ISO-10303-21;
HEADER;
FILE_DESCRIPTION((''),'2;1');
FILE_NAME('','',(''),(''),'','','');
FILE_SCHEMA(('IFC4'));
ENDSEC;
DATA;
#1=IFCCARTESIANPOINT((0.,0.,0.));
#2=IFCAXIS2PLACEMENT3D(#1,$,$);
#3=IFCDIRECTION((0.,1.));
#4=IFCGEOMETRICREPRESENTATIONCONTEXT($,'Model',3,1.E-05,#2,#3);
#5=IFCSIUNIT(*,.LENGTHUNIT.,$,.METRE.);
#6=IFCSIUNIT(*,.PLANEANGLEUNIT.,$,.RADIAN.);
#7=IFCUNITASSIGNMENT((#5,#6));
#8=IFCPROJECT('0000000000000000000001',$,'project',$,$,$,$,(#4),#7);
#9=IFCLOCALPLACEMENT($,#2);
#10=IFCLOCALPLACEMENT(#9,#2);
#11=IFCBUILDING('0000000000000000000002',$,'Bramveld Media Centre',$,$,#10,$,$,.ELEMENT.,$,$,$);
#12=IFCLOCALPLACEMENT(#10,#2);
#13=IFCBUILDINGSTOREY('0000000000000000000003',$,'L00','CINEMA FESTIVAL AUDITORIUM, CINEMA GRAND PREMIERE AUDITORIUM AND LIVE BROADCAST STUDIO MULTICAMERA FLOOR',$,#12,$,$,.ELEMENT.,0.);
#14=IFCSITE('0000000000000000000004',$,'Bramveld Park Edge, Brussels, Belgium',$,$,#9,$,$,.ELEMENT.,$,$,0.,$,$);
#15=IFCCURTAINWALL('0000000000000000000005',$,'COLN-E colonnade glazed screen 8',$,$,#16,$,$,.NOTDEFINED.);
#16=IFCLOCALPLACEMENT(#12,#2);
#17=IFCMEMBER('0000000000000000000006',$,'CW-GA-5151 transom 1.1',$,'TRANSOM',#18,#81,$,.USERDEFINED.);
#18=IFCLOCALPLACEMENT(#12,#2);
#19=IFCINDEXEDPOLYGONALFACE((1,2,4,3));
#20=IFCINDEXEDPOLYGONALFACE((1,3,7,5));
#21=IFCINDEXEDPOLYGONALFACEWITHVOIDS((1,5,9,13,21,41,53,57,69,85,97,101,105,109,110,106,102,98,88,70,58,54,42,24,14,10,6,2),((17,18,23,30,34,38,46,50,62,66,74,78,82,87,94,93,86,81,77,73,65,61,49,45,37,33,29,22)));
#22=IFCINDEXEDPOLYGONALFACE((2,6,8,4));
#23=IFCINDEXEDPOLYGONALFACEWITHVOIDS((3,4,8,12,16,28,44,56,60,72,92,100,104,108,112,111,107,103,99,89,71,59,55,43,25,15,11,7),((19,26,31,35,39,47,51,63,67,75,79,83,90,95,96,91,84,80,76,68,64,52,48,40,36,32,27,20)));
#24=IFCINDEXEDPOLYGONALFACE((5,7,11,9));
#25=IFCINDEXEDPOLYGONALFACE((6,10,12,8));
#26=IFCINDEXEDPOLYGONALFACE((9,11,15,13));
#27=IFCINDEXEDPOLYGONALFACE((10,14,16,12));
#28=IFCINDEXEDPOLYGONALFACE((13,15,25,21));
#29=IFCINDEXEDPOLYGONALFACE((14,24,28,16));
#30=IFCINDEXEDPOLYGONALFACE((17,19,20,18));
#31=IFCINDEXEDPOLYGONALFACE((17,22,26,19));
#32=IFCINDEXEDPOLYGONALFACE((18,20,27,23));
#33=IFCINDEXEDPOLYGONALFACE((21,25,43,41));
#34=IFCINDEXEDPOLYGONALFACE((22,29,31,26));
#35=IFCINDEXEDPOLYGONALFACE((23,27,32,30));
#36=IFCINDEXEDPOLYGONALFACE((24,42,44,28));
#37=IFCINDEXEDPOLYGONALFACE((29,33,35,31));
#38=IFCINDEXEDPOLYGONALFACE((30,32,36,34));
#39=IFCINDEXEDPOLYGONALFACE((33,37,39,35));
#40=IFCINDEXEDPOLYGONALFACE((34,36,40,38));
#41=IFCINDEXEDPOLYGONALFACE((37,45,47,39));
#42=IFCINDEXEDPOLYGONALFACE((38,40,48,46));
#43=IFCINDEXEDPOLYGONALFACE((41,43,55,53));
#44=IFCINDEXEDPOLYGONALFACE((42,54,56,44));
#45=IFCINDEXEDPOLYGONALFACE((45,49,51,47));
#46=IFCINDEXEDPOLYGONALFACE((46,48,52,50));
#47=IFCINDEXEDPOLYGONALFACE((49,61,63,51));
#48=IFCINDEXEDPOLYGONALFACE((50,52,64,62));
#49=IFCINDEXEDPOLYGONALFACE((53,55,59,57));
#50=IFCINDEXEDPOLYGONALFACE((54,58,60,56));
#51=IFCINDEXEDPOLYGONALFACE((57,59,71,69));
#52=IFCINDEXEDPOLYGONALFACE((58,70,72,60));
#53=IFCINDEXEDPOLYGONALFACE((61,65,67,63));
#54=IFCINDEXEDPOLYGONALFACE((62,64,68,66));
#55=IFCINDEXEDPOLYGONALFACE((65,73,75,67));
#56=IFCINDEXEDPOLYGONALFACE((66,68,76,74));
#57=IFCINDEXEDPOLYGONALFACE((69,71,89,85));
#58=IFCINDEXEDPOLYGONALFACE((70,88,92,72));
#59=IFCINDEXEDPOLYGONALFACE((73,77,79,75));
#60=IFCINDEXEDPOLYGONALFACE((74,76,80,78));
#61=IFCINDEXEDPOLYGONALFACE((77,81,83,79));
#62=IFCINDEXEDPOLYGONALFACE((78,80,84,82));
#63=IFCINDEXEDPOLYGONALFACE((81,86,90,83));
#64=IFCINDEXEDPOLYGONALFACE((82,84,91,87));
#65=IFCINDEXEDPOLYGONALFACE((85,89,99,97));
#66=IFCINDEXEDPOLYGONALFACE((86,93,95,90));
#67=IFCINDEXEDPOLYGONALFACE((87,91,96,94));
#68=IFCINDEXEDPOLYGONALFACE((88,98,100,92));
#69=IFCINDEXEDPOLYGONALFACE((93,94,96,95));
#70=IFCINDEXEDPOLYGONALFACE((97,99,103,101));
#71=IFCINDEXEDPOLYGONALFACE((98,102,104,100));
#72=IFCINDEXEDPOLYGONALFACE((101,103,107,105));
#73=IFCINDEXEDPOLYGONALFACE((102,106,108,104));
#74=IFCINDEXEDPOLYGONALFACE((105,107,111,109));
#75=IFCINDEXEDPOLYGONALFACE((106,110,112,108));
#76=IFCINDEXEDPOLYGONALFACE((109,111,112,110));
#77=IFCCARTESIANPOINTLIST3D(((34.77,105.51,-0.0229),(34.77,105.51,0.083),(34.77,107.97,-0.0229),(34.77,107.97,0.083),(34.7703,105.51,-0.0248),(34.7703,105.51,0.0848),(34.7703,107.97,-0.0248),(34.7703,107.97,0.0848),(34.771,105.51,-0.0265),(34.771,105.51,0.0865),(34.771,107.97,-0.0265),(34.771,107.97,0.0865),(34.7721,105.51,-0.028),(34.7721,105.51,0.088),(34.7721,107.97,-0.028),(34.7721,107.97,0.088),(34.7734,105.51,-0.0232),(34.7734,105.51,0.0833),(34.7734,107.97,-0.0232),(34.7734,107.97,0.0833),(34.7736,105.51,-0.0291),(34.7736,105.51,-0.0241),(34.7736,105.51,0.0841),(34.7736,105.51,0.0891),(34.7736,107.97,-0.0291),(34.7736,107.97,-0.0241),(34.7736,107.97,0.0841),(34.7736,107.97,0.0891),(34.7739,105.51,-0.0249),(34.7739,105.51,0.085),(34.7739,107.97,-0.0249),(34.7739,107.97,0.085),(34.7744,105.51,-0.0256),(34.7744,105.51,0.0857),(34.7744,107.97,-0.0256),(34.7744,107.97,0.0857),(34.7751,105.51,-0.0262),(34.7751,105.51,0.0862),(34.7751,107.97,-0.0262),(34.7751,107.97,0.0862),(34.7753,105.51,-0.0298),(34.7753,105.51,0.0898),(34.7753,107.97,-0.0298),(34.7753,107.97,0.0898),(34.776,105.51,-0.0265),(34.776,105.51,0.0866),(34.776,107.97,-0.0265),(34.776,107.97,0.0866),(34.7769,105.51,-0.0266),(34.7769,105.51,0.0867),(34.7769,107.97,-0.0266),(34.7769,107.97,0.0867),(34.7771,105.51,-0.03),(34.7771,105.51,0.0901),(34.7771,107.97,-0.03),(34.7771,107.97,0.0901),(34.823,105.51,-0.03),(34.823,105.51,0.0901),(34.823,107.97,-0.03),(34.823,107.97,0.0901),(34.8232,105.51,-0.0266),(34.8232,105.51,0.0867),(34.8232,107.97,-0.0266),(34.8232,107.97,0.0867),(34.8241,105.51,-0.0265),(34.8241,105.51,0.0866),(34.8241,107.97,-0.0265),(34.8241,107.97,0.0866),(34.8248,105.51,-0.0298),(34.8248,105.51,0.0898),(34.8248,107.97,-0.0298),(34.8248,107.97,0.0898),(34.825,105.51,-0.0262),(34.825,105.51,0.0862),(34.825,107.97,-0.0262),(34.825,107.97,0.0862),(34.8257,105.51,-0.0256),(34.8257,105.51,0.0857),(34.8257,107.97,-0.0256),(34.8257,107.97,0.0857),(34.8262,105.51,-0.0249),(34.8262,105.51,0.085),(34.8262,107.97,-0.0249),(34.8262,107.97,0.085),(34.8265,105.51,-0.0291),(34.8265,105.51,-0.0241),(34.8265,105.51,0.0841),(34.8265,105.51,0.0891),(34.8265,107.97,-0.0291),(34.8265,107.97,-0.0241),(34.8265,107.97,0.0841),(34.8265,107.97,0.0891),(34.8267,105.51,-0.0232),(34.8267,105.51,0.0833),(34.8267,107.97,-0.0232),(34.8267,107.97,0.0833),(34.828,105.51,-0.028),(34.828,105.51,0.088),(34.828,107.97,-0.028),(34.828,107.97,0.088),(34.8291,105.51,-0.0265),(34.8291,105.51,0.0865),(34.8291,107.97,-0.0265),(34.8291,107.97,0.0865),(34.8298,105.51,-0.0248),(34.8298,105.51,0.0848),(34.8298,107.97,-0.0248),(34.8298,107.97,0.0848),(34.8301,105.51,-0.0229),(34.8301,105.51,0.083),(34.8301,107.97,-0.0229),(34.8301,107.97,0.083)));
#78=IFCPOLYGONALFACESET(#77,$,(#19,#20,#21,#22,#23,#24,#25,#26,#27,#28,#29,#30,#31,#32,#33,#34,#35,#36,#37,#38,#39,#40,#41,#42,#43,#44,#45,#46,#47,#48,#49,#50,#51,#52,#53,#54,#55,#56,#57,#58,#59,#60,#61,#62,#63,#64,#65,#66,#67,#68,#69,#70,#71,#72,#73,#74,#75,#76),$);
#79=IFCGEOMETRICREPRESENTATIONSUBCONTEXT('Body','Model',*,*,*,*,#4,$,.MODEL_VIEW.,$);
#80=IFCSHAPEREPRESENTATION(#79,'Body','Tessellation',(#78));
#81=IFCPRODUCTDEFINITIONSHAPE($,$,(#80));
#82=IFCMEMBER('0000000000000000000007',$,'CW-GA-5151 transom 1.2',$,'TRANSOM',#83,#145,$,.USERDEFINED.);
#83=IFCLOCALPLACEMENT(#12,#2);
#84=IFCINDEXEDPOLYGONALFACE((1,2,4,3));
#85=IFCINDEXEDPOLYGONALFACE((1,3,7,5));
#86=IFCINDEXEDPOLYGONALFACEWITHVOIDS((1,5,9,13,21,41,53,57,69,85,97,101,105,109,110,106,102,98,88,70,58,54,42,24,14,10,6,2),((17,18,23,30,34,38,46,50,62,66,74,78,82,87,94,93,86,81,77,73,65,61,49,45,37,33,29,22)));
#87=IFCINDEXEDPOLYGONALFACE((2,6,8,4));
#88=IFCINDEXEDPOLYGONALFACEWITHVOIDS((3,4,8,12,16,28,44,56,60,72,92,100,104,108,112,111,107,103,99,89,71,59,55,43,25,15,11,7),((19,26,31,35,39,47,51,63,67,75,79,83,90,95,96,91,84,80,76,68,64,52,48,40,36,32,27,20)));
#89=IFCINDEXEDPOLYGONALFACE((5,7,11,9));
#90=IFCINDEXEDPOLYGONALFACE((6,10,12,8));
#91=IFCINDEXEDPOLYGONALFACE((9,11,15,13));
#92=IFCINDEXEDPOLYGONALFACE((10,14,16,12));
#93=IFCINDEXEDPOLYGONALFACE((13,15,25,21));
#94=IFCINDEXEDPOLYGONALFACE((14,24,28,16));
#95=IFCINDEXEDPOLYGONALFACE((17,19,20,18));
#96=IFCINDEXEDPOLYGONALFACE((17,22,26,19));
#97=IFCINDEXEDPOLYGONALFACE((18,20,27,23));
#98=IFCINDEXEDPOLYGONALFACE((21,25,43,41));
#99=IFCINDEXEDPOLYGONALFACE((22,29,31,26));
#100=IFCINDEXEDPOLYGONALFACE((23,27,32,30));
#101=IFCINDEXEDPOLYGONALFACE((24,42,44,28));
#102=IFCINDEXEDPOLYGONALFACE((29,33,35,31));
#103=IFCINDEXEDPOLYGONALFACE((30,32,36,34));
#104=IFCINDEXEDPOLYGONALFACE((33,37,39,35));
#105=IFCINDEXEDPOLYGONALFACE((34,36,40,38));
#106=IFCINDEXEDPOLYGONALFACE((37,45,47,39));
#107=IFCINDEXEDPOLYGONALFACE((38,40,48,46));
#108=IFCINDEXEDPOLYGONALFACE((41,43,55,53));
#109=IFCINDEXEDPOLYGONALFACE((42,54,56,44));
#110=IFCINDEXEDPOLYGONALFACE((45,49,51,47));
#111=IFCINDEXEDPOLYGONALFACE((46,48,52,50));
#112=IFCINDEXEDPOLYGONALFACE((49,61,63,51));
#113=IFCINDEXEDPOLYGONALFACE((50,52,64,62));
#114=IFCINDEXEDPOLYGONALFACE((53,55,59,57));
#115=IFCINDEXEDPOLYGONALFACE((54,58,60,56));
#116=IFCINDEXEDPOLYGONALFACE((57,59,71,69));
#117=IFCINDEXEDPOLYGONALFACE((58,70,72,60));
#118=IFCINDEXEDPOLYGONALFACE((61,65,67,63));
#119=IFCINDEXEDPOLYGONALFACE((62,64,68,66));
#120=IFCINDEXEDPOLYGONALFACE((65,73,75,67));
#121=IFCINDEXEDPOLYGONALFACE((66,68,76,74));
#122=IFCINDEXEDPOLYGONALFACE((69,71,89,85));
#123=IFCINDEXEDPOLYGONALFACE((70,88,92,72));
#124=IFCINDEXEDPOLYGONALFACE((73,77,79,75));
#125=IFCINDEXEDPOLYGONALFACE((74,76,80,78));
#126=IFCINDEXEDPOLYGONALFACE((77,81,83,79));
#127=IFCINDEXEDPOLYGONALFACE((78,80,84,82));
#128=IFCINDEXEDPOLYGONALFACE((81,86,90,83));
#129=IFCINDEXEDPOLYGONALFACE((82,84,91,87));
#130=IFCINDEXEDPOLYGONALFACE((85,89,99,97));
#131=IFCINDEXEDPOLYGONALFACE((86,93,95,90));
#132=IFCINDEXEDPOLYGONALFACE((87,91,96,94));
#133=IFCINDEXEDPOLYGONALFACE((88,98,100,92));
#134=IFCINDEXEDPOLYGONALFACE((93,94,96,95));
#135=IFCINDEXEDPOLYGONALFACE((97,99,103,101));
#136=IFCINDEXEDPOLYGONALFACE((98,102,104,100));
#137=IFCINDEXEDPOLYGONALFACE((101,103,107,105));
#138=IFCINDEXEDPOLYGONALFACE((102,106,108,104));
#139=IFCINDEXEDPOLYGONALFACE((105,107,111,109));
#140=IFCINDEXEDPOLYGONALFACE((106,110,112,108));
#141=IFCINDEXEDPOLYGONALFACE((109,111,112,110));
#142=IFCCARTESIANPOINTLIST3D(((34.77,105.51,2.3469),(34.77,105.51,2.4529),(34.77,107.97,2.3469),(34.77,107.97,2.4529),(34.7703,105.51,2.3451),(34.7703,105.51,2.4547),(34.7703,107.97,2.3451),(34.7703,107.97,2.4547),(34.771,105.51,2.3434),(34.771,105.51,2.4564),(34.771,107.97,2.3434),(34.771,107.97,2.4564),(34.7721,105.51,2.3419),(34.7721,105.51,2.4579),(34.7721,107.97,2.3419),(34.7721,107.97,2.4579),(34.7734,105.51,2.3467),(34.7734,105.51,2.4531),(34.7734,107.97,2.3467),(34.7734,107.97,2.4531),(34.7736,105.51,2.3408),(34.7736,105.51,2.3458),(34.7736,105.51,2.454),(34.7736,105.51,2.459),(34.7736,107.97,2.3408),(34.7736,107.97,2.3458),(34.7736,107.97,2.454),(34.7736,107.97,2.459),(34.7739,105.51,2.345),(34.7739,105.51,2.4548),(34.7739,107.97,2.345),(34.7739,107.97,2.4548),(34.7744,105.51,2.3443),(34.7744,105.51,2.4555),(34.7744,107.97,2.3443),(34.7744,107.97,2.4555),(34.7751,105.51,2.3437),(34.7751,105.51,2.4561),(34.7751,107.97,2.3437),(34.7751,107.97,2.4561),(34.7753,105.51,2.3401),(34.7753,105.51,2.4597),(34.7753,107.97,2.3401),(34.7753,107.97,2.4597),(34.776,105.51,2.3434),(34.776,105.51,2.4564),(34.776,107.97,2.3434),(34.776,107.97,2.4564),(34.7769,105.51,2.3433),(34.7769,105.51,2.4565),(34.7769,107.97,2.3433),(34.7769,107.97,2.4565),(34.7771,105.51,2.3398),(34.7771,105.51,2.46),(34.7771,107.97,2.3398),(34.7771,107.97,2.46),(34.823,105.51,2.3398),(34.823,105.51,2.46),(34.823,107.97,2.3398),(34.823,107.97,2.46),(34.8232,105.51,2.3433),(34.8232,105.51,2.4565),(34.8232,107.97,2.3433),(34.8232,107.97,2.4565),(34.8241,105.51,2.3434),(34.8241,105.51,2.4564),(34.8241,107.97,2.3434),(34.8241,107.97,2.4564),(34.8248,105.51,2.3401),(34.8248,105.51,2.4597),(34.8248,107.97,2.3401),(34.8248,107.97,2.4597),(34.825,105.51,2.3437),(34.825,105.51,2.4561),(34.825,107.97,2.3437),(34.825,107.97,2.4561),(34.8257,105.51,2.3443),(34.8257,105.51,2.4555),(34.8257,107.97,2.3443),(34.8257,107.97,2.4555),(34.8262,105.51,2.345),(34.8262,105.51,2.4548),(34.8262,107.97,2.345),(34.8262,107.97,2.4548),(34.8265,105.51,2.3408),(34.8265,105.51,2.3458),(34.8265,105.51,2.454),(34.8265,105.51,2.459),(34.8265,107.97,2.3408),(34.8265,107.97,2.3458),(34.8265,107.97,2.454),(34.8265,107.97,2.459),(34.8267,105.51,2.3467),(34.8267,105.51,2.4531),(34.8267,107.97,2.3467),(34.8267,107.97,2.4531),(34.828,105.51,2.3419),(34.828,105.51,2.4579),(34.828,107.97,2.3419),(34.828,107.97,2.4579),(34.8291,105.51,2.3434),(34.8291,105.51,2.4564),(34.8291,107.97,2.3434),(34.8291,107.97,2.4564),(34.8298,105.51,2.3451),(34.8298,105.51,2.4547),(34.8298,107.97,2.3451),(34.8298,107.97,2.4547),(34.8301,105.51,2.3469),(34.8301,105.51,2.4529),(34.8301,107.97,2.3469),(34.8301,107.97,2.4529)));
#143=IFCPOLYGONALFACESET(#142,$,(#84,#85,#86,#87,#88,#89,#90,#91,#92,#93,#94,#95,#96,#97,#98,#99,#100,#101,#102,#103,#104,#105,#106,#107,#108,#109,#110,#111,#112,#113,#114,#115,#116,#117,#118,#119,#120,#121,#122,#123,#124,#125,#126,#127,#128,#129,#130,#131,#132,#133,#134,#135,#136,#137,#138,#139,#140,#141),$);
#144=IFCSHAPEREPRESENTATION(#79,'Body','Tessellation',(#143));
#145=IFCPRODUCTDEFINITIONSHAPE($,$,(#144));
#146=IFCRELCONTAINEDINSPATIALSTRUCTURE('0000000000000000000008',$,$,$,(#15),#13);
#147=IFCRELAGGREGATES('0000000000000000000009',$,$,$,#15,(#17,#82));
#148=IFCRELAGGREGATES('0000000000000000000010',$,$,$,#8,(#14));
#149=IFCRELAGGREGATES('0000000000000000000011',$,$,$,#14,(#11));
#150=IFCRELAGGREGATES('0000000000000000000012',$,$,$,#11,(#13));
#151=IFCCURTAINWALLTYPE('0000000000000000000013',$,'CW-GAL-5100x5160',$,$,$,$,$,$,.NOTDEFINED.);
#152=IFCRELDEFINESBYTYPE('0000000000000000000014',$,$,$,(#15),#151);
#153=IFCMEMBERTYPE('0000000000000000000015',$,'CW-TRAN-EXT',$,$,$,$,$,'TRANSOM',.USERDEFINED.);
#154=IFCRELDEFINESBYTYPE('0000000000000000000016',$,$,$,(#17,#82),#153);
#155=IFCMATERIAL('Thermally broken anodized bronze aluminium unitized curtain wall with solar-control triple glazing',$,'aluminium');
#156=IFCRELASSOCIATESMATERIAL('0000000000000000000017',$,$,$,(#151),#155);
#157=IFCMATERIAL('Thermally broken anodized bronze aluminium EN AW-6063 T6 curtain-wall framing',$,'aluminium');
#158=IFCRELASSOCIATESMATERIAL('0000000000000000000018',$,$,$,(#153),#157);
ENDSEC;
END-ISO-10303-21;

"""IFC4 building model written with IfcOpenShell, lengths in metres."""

from ifc_helpers import new_model, si_unit, direction, frame, origin, origin_2d, place, context, subcontext, project, spatial, hollow_rectangle, extrude, material, material_profile, profile_set, type_object, element, aggregate, save


model = new_model("IFC4")

# Units and contexts
model_context = context("Model", 3, precision=1e-05, world=origin(), true_north=direction((0.0, 1.0)))
body_context = subcontext(model_context, "Body", "Model", "MODEL_VIEW")
ifc_project = project(units=[si_unit("LENGTHUNIT", "METRE"), si_unit("PLANEANGLEUNIT", "RADIAN")], contexts=[model_context])

# Site, building, storey
site_placement = place(None, origin())
site = spatial("IfcSite", under=ifc_project, at=site_placement, Name="Bramveld Park Edge, Brussels, Belgium", CompositionType="ELEMENT", RefElevation=0.0)
building_placement = place(site_placement, origin())
building = spatial("IfcBuilding", under=site, at=building_placement, Name="Bramveld Media Centre", CompositionType="ELEMENT")
storey_placement = place(building_placement, origin())
storey = spatial("IfcBuildingStorey", under=building, at=storey_placement, Name="L00", Description="CINEMA FESTIVAL AUDITORIUM, CINEMA GRAND PREMIERE AUDITORIUM AND LIVE BROADCAST STUDIO MULTICAMERA FLOOR", CompositionType="ELEMENT", Elevation=0.0)

# Shared definitions
ifc_material_1 = material(Name="Thermally broken anodized bronze aluminium unitized curtain wall with solar-control triple glazing", Category="aluminium")
curtain_wall_type = type_object("IfcCurtainWallType", Name="CW-GAL-5100x5160", PredefinedType="NOTDEFINED", material=ifc_material_1)

# Curtain wall
curtain_wall_1_placement = place(storey_placement, origin())
curtain_wall_1 = element("IfcCurtainWall", 1, at=curtain_wall_1_placement, inside=storey, type_object=curtain_wall_type, Name="COLN-E colonnade glazed screen 8", PredefinedType="NOTDEFINED")

# Members
ifc_material_2 = material(Name="Thermally broken anodized bronze aluminium EN AW-6063 T6 curtain-wall framing", Category="aluminium")
ifc_material_profile_1 = material_profile(ifc_material_2, hollow_rectangle(XDim=0.0601, YDim=0.1201, WallThickness=0.0034, InnerFilletRadius=0.0034, OuterFilletRadius=0.0071, at=origin_2d()), Name="AL-TRAN 60x120")
ifc_profile_set_1 = profile_set([ifc_material_profile_1], Name="Thermally broken anodized bronze aluminium EN AW-6063 T6 curtain-wall framing")
member_type_1 = type_object("IfcMemberType", Name="CW-TRAN-EXT", ElementType="TRANSOM", PredefinedType="USERDEFINED", material=ifc_profile_set_1)
member_1_placement = place(storey_placement, frame((34.8, 105.51, 0.03), z_axis=(0.0, 1.0, 0.0), x_axis=(-1.0, 0.0, 0.0)))
member_1 = element("IfcMember", 2, at=member_1_placement, type_object=member_type_1, Name="CW-GA-5151 transom 1.1", ObjectType="TRANSOM", PredefinedType="USERDEFINED", context=body_context, shape_type="SweptSolid", body=[
    extrude(hollow_rectangle(XDim=0.0601, YDim=0.1201, WallThickness=0.0034, InnerFilletRadius=0.0034, OuterFilletRadius=0.0071, at=origin_2d()), origin(), (0.0, 0.0, 1.0), 2.46),
])
member_2_placement = place(storey_placement, frame((34.8, 105.51, 2.3999), z_axis=(0.0, 1.0, 0.0), x_axis=(-1.0, 0.0, 0.0)))
member_2 = element("IfcMember", 3, at=member_2_placement, type_object=member_type_1, Name="CW-GA-5151 transom 1.2", ObjectType="TRANSOM", PredefinedType="USERDEFINED", context=body_context, shape_type="SweptSolid", body=[
    extrude(hollow_rectangle(XDim=0.0601, YDim=0.1201, WallThickness=0.0034, InnerFilletRadius=0.0034, OuterFilletRadius=0.0071, at=origin_2d()), origin(), (0.0, 0.0, 1.0), 2.46),
])
aggregate(curtain_wall_1, [member_1, member_2])

save(model, "model.ifc")
